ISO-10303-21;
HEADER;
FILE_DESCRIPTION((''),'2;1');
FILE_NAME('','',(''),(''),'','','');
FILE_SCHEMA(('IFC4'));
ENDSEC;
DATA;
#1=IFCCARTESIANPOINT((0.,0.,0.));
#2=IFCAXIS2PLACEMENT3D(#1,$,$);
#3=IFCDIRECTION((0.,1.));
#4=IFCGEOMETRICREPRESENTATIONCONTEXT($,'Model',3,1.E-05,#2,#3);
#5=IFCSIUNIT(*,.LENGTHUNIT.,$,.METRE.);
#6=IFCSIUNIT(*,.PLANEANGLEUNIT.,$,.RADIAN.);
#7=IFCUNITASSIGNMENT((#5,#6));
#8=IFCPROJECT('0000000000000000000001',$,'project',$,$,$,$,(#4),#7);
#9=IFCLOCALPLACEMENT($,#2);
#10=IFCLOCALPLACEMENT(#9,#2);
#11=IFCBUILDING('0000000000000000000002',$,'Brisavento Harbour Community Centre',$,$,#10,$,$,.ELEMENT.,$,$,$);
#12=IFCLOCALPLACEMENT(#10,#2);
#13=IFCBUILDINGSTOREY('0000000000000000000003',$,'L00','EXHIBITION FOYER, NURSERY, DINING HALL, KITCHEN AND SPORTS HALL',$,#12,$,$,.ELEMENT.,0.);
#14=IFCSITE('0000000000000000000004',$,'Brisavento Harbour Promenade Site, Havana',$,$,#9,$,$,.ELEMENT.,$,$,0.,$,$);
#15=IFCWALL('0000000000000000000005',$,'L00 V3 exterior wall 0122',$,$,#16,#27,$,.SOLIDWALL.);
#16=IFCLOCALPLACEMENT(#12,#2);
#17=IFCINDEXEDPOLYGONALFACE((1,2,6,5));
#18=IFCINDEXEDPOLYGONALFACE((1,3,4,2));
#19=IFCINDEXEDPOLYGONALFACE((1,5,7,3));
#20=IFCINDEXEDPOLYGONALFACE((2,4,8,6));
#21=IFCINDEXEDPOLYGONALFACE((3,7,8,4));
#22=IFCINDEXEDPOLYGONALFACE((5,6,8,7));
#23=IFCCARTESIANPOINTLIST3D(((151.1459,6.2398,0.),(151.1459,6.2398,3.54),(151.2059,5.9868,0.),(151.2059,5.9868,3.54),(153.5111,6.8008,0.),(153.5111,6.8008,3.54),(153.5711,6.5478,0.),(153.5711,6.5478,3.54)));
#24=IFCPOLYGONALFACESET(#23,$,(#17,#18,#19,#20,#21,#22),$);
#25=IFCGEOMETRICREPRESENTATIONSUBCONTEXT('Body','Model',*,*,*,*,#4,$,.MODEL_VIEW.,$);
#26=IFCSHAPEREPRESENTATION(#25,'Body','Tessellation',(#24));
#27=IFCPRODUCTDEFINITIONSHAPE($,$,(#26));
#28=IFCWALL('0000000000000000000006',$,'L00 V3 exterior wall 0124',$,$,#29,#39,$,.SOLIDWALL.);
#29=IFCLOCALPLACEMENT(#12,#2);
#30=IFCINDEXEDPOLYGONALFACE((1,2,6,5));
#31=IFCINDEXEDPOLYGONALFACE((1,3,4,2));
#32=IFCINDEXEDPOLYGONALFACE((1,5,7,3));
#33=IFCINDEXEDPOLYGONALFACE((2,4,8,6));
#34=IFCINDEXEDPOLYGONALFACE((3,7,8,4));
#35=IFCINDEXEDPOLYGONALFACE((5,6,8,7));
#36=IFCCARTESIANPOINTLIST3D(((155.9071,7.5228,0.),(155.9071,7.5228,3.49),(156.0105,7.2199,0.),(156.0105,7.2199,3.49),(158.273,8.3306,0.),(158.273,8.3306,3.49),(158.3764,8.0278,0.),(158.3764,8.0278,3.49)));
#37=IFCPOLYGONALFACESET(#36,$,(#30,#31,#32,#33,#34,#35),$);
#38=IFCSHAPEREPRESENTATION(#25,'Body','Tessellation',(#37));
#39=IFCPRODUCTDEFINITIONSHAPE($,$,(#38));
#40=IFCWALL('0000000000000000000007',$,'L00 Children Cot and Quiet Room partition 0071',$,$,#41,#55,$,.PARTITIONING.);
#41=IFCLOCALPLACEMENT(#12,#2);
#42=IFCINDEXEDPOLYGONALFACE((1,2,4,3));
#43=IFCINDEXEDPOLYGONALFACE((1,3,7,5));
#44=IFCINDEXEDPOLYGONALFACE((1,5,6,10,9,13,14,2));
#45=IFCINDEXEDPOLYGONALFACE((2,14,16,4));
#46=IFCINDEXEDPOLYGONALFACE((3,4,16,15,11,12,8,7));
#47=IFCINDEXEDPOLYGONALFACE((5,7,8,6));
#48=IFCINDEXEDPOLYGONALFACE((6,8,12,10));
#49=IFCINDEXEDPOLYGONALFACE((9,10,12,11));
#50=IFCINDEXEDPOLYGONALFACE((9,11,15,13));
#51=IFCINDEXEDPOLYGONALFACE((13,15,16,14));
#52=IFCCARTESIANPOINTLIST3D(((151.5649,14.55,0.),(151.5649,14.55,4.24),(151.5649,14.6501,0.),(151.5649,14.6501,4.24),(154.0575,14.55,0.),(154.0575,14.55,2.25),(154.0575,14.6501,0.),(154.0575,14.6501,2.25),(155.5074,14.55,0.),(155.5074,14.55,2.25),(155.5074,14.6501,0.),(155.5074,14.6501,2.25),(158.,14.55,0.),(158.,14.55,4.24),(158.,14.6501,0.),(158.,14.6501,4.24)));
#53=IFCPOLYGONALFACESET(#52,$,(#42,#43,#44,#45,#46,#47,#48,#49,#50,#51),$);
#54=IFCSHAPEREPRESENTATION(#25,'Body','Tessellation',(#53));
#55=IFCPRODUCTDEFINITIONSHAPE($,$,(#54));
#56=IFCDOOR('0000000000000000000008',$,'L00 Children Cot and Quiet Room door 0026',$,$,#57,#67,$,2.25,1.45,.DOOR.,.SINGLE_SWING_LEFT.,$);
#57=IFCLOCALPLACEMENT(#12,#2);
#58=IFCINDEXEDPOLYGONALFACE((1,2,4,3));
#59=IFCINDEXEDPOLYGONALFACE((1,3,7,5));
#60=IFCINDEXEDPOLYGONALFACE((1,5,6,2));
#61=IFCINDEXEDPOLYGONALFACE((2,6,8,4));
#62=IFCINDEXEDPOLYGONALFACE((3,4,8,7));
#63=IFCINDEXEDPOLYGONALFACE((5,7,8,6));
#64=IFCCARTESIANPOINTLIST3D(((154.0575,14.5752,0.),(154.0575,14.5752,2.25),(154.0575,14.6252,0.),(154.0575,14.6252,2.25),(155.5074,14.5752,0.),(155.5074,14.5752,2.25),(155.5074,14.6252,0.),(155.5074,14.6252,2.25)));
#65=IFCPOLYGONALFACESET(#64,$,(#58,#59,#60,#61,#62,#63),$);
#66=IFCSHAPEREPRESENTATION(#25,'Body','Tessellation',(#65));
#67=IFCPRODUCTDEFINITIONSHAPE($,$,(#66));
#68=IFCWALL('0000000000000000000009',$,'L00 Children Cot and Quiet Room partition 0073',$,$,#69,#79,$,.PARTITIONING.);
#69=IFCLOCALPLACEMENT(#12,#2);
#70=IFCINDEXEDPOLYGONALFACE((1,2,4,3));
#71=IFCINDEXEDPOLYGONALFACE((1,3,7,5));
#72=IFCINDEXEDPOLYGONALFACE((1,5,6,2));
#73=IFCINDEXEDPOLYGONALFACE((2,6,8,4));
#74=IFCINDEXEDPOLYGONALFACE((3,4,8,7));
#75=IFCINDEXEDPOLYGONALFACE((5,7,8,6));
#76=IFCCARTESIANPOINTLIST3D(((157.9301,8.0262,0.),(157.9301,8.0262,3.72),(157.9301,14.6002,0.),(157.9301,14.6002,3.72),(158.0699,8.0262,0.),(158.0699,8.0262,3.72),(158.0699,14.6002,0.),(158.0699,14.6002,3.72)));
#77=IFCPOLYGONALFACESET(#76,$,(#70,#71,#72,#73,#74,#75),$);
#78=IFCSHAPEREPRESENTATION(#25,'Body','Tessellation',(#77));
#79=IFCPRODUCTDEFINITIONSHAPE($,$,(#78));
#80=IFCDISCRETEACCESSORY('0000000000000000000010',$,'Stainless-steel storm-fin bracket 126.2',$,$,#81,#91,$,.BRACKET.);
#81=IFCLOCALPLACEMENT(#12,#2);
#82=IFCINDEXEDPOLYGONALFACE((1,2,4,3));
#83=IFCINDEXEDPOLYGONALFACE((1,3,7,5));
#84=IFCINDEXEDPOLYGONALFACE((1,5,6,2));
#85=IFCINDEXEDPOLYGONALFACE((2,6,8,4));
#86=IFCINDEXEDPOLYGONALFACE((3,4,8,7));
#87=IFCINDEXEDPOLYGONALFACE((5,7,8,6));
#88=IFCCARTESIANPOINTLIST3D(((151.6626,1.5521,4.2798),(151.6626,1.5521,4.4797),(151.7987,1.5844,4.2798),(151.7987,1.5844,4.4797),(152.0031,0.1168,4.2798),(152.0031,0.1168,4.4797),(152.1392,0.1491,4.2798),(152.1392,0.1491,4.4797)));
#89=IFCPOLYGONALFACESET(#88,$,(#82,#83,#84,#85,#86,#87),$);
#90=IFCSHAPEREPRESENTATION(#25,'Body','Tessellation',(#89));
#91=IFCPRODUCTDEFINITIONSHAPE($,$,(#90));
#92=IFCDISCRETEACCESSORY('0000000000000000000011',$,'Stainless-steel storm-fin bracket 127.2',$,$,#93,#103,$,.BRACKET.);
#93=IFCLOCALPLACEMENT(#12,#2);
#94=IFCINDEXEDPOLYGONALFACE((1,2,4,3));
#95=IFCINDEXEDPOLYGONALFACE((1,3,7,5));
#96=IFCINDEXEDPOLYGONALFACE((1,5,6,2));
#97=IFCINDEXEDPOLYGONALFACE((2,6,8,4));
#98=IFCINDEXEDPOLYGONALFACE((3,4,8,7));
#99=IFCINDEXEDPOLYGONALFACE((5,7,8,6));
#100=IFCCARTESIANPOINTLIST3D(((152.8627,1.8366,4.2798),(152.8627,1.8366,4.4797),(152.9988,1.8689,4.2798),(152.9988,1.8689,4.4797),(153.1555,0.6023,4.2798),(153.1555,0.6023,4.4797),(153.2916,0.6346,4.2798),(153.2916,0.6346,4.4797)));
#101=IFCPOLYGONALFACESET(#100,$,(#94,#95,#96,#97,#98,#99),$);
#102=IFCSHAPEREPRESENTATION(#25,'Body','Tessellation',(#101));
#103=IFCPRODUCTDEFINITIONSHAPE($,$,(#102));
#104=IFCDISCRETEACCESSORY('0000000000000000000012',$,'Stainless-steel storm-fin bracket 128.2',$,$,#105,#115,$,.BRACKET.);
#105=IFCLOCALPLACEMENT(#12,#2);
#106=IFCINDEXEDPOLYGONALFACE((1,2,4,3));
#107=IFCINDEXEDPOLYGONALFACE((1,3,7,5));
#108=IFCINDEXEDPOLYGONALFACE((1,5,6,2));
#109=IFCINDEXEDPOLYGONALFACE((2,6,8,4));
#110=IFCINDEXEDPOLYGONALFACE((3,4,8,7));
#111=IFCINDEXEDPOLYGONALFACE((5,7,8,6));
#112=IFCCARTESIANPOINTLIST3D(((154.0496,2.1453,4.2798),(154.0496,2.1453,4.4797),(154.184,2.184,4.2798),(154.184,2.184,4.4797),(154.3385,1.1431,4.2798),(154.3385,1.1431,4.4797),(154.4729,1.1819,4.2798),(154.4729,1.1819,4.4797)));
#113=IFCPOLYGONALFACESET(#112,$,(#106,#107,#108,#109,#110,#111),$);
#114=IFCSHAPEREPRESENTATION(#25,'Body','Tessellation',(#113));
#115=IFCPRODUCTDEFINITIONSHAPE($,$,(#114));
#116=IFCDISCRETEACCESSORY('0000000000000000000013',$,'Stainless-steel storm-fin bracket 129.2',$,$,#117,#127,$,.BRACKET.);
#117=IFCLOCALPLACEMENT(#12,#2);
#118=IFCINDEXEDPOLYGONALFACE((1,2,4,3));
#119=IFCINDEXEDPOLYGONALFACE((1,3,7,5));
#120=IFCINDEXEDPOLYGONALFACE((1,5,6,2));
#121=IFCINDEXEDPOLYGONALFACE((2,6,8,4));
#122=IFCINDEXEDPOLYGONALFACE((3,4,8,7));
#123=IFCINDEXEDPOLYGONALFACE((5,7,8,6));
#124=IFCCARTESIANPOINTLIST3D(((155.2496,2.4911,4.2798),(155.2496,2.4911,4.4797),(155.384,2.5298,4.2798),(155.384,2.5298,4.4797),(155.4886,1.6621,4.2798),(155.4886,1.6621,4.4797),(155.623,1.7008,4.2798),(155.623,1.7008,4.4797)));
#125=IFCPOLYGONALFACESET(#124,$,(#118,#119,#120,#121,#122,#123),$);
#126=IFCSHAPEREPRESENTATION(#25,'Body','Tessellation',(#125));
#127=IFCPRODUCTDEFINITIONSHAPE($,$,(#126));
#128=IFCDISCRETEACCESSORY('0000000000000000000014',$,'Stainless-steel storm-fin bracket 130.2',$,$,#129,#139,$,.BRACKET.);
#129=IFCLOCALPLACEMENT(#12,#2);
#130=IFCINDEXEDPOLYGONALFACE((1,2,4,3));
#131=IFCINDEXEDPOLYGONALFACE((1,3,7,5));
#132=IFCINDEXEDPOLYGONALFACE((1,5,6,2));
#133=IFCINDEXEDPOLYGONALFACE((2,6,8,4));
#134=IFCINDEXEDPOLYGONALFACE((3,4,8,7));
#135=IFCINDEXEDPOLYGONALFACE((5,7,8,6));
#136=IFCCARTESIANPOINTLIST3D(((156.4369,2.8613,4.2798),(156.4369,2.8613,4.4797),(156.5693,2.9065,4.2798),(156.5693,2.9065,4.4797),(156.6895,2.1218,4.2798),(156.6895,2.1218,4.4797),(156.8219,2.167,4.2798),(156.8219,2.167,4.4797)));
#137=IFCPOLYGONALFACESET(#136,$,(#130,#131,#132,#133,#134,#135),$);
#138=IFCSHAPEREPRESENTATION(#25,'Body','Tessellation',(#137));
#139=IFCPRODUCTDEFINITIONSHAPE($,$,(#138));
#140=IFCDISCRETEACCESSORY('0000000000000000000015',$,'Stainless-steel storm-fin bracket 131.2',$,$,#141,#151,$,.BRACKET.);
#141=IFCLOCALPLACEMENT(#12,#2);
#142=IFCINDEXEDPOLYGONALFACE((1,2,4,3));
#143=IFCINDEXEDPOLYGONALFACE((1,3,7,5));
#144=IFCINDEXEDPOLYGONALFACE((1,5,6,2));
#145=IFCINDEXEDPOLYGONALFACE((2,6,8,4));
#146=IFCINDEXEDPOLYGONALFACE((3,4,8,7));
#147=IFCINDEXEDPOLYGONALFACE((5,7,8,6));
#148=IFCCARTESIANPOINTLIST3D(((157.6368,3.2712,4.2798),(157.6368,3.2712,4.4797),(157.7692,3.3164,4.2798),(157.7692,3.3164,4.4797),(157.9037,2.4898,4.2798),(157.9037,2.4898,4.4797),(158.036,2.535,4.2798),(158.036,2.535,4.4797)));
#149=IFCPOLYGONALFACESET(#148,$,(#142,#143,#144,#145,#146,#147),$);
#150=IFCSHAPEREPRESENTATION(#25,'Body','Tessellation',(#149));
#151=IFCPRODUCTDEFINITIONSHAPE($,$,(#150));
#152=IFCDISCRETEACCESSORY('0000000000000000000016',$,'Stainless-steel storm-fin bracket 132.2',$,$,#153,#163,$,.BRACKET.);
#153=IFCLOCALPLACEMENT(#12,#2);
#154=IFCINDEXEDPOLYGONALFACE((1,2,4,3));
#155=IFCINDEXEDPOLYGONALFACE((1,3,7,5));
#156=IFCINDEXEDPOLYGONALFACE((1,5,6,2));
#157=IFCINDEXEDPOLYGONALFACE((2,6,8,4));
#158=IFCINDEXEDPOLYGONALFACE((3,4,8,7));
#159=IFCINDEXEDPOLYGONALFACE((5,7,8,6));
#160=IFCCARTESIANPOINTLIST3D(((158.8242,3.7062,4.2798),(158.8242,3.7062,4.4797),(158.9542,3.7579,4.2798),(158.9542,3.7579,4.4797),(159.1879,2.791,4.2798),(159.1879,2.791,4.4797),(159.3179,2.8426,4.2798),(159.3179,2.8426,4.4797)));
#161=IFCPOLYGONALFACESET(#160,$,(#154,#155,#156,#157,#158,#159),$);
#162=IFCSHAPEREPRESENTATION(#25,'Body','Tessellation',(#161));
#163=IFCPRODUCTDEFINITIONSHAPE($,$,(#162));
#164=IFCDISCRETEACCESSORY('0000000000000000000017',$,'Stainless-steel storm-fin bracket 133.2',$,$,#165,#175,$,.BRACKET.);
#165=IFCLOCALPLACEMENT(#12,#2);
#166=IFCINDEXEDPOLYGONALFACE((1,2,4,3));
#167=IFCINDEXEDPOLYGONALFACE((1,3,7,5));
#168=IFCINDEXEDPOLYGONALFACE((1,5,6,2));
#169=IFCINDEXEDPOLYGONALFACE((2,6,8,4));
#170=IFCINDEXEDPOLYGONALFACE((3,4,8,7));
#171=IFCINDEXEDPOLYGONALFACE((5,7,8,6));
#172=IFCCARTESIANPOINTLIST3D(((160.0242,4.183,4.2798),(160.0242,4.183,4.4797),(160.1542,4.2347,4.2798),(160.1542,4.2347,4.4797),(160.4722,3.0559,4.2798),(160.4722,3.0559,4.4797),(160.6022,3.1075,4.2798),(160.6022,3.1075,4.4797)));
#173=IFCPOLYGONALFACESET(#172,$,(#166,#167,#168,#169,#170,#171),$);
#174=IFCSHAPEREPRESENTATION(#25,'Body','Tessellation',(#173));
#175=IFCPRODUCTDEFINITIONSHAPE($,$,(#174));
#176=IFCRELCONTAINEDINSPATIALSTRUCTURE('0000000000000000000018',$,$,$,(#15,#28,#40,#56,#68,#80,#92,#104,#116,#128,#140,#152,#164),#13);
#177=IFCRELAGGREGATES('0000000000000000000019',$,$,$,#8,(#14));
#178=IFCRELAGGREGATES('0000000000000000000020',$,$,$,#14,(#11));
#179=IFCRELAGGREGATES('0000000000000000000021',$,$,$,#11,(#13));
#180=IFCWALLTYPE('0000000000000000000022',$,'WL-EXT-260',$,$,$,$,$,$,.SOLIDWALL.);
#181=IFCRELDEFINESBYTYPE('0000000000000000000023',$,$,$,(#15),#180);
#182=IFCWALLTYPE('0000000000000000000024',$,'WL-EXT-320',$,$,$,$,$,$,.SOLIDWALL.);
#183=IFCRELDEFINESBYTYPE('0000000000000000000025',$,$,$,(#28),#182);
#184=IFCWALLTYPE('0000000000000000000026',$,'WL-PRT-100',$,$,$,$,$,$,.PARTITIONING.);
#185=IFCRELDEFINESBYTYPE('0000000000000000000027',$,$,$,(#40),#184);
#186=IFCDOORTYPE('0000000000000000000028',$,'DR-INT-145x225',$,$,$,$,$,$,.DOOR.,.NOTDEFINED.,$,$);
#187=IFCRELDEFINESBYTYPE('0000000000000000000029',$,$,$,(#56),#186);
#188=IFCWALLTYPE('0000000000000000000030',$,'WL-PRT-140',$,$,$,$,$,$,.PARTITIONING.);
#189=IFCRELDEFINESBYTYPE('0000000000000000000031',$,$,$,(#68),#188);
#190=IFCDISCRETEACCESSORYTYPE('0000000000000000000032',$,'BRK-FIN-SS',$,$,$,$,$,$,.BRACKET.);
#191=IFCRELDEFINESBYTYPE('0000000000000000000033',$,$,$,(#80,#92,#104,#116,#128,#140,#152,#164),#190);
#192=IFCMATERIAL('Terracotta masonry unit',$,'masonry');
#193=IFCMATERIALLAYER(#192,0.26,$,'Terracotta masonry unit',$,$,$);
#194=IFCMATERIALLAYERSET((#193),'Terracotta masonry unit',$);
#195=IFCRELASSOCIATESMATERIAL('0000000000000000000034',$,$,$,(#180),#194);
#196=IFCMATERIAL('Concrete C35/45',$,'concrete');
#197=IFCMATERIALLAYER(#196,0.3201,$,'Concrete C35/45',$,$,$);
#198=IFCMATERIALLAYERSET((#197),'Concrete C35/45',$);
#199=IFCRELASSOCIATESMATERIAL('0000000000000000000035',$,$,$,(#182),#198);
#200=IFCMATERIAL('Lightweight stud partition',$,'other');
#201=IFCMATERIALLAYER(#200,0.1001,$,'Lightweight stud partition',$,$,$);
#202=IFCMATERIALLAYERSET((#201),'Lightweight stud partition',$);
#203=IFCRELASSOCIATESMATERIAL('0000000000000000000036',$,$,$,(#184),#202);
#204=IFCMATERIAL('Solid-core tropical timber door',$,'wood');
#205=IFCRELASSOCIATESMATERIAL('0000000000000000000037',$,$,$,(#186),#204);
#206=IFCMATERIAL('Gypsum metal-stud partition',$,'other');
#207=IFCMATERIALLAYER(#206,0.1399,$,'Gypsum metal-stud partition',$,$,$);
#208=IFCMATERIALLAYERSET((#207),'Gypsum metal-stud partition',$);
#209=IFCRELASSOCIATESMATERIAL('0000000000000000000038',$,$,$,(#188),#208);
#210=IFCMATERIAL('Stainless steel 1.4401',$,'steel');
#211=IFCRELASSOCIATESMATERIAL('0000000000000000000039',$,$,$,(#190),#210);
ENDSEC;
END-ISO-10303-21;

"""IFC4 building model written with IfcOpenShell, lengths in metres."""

from ifc_helpers import new_model, si_unit, direction, frame, frame_2d, origin, origin_2d, place, context, subcontext, project, spatial, rectangle, extrude, material, layer, layer_set, type_object, element, fill, save


model = new_model("IFC4")

# Units and contexts
model_context = context("Model", 3, precision=1e-05, world=origin(), true_north=direction((0.0, 1.0)))
body_context = subcontext(model_context, "Body", "Model", "MODEL_VIEW")
ifc_project = project(units=[si_unit("LENGTHUNIT", "METRE"), si_unit("PLANEANGLEUNIT", "RADIAN")], contexts=[model_context])

# Site, building, storey
site_placement = place(None, origin())
site = spatial("IfcSite", under=ifc_project, at=site_placement, Name="Brisavento Harbour Promenade Site, Havana", CompositionType="ELEMENT", RefElevation=0.0)
building_placement = place(site_placement, origin())
building = spatial("IfcBuilding", under=site, at=building_placement, Name="Brisavento Harbour Community Centre", CompositionType="ELEMENT")
storey_placement = place(building_placement, origin())
storey = spatial("IfcBuildingStorey", under=building, at=storey_placement, Name="L00", Description="EXHIBITION FOYER, NURSERY, DINING HALL, KITCHEN AND SPORTS HALL", CompositionType="ELEMENT", Elevation=0.0)

# Shared definitions
ifc_material_1 = material(Name="Concrete C35/45", Category="concrete")

# Walls
ifc_material_2 = material(Name="Terracotta masonry unit", Category="masonry")
ifc_layer_1 = layer(ifc_material_2, 0.26, Name="Terracotta masonry unit")
ifc_layer_set_1 = layer_set([ifc_layer_1], Name="Terracotta masonry unit")
wall_type_1 = type_object("IfcWallType", Name="WL-EXT-260", PredefinedType="SOLIDWALL", material=ifc_layer_set_1)
wall_1_placement = place(storey_placement, frame((153.541, 6.6743, 0.0), z_axis=(0.0, 0.0, 1.0), x_axis=(-0.973002, -0.230797, 0.0)))
element("IfcWall", 1, at=wall_1_placement, inside=storey, type_object=wall_type_1, Name="L00 V3 exterior wall 0122", PredefinedType="SOLIDWALL", context=body_context, shape_type="SweptSolid", body=[
    extrude(rectangle(XDim=2.4309, YDim=0.26, at=frame_2d((1.2153, 0.0))), origin(), (0.0, 0.0, 1.0), 3.54),
])
ifc_layer_2 = layer(ifc_material_1, 0.3201, Name="Concrete C35/45")
ifc_layer_set_2 = layer_set([ifc_layer_2], Name="Concrete C35/45")
wall_type_2 = type_object("IfcWallType", Name="WL-EXT-320", PredefinedType="SOLIDWALL", material=ifc_layer_set_2)
wall_2_placement = place(storey_placement, frame((158.3247, 8.1792, 0.0), z_axis=(0.0, 0.0, 1.0), x_axis=(-0.946353, -0.323133, 0.0)))
element("IfcWall", 2, at=wall_2_placement, inside=storey, type_object=wall_type_2, Name="L00 V3 exterior wall 0124", PredefinedType="SOLIDWALL", context=body_context, shape_type="SweptSolid", body=[
    extrude(rectangle(XDim=2.5, YDim=0.3201, at=frame_2d((1.25, 0.0))), origin(), (0.0, 0.0, 1.0), 3.49),
])

# Wall, opening, door
ifc_material_3 = material(Name="Lightweight stud partition", Category="other")
ifc_layer_3 = layer(ifc_material_3, 0.1001, Name="Lightweight stud partition")
ifc_layer_set_3 = layer_set([ifc_layer_3], Name="Lightweight stud partition")
wall_type_3 = type_object("IfcWallType", Name="WL-PRT-100", PredefinedType="PARTITIONING", material=ifc_layer_set_3)
wall_3_placement = place(storey_placement, frame((158.0, 14.6001, 0.0), z_axis=(0.0, 0.0, 1.0), x_axis=(-1.0, 0.0, 0.0)))
wall_3 = element("IfcWall", 3, at=wall_3_placement, inside=storey, type_object=wall_type_3, Name="L00 Children Cot and Quiet Room partition 0071", PredefinedType="PARTITIONING", context=body_context, shape_type="SweptSolid", body=[
    extrude(rectangle(XDim=6.4351, YDim=0.1001, at=frame_2d((3.2175, 0.0))), origin(), (0.0, 0.0, 1.0), 4.24),
])
opening_placement = place(wall_3_placement, frame((2.4924, 0.0, 0.0)))
opening = element("IfcOpeningElement", 4, at=opening_placement, cuts=wall_3, PredefinedType="OPENING", context=body_context, shape_type="SweptSolid", body=[
    extrude(rectangle(XDim=1.45, YDim=2.25, at=frame_2d((0.7251, 1.125))), frame((0.0, 0.0601, 0.0), z_axis=(0.0, -1.0, 0.0), x_axis=(1.0, 0.0, 0.0)), (0.0, 0.0, 1.0), 0.1201),
])
ifc_material_4 = material(Name="Solid-core tropical timber door", Category="wood")
door_type = type_object("IfcDoorType", Name="DR-INT-145x225", OperationType="NOTDEFINED", PredefinedType="DOOR", material=ifc_material_4)
door_placement = place(opening_placement, origin())
door = element("IfcDoor", 5, at=door_placement, inside=storey, type_object=door_type, Name="L00 Children Cot and Quiet Room door 0026", OperationType="SINGLE_SWING_LEFT", OverallHeight=2.25, OverallWidth=1.45, PredefinedType="DOOR", context=body_context, shape_type="SweptSolid", body=[
    extrude(rectangle(XDim=1.45, YDim=2.25, at=frame_2d((0.7251, 1.125))), frame((0.0, 0.0249, 0.0), z_axis=(0.0, -1.0, 0.0), x_axis=(1.0, 0.0, 0.0)), (0.0, 0.0, 1.0), 0.05),
])
fill(opening, door)

# Wall
ifc_material_5 = material(Name="Gypsum metal-stud partition", Category="other")
ifc_layer_4 = layer(ifc_material_5, 0.1399, Name="Gypsum metal-stud partition")
ifc_layer_set_4 = layer_set([ifc_layer_4], Name="Gypsum metal-stud partition")
wall_type_4 = type_object("IfcWallType", Name="WL-PRT-140", PredefinedType="PARTITIONING", material=ifc_layer_set_4)
wall_4_placement = place(storey_placement, frame((158.0, 8.0261, 0.0), z_axis=(0.0, 0.0, 1.0), x_axis=(0.0, 1.0, 0.0)))
element("IfcWall", 6, at=wall_4_placement, inside=storey, type_object=wall_type_4, Name="L00 Children Cot and Quiet Room partition 0073", PredefinedType="PARTITIONING", context=body_context, shape_type="SweptSolid", body=[
    extrude(rectangle(XDim=6.574, YDim=0.1399, at=frame_2d((3.2871, 0.0))), origin(), (0.0, 0.0, 1.0), 3.72),
])

# Discrete accessories
ifc_material_6 = material(Name="Stainless steel 1.4401", Category="steel")
discrete_accessory_type = type_object("IfcDiscreteAccessoryType", Name="BRK-FIN-SS", PredefinedType="BRACKET", material=ifc_material_6)
discrete_accessory_1_placement = place(storey_placement, frame((151.9009, 0.8506, 4.2798), z_axis=(0.0, 0.0, 1.0), x_axis=(0.230831, -0.972994, 0.0)))
element("IfcDiscreteAccessory", 7, at=discrete_accessory_1_placement, inside=storey, type_object=discrete_accessory_type, Name="Stainless-steel storm-fin bracket 126.2", PredefinedType="BRACKET", context=body_context, shape_type="SweptSolid", body=[
    extrude(rectangle(XDim=1.4751, YDim=0.1399, at=origin_2d()), origin(), (0.0, 0.0, 1.0), 0.2),
])
discrete_accessory_2_placement = place(storey_placement, frame((153.0771, 1.2356, 4.2798), z_axis=(0.0, 0.0, 1.0), x_axis=(0.230831, -0.972994, 0.0)))
element("IfcDiscreteAccessory", 8, at=discrete_accessory_2_placement, inside=storey, type_object=discrete_accessory_type, Name="Stainless-steel storm-fin bracket 127.2", PredefinedType="BRACKET", context=body_context, shape_type="SweptSolid", body=[
    extrude(rectangle(XDim=1.2686, YDim=0.1399, at=origin_2d()), origin(), (0.0, 0.0, 1.0), 0.2),
])
discrete_accessory_3_placement = place(storey_placement, frame((154.2612, 1.6636, 4.2798), z_axis=(0.0, 0.0, 1.0), x_axis=(0.276996, -0.960871, 0.0)))
element("IfcDiscreteAccessory", 9, at=discrete_accessory_3_placement, inside=storey, type_object=discrete_accessory_type, Name="Stainless-steel storm-fin bracket 128.2", PredefinedType="BRACKET", context=body_context, shape_type="SweptSolid", body=[
    extrude(rectangle(XDim=1.043, YDim=0.1399, at=origin_2d()), origin(), (0.0, 0.0, 1.0), 0.2),
])
discrete_accessory_4_placement = place(storey_placement, frame((155.4363, 2.0959, 4.2798), z_axis=(0.0, 0.0, 1.0), x_axis=(0.276996, -0.960871, 0.0)))
element("IfcDiscreteAccessory", 10, at=discrete_accessory_4_placement, inside=storey, type_object=discrete_accessory_type, Name="Stainless-steel storm-fin bracket 129.2", PredefinedType="BRACKET", context=body_context, shape_type="SweptSolid", body=[
    extrude(rectangle(XDim=0.8628, YDim=0.1399, at=origin_2d()), origin(), (0.0, 0.0, 1.0), 0.2),
])
discrete_accessory_5_placement = place(storey_placement, frame((156.6294, 2.5142, 4.2798), z_axis=(0.0, 0.0, 1.0), x_axis=(0.323174, -0.946339, 0.0)))
element("IfcDiscreteAccessory", 11, at=discrete_accessory_5_placement, inside=storey, type_object=discrete_accessory_type, Name="Stainless-steel storm-fin bracket 130.2", PredefinedType="BRACKET", context=body_context, shape_type="SweptSolid", body=[
    extrude(rectangle(XDim=0.7815, YDim=0.1399, at=origin_2d()), origin(), (0.0, 0.0, 1.0), 0.2),
])
discrete_accessory_6_placement = place(storey_placement, frame((157.8364, 2.9031, 4.2798), z_axis=(0.0, 0.0, 1.0), x_axis=(0.323174, -0.946339, 0.0)))
element("IfcDiscreteAccessory", 12, at=discrete_accessory_6_placement, inside=storey, type_object=discrete_accessory_type, Name="Stainless-steel storm-fin bracket 131.2", PredefinedType="BRACKET", context=body_context, shape_type="SweptSolid", body=[
    extrude(rectangle(XDim=0.8257, YDim=0.1399, at=origin_2d()), origin(), (0.0, 0.0, 1.0), 0.2),
])
discrete_accessory_7_placement = place(storey_placement, frame((159.071, 3.2744, 4.2798), z_axis=(0.0, 0.0, 1.0), x_axis=(0.369341, -0.929294, 0.0)))
element("IfcDiscreteAccessory", 13, at=discrete_accessory_7_placement, inside=storey, type_object=discrete_accessory_type, Name="Stainless-steel storm-fin bracket 132.2", PredefinedType="BRACKET", context=body_context, shape_type="SweptSolid", body=[
    extrude(rectangle(XDim=0.9849, YDim=0.1399, at=origin_2d()), origin(), (0.0, 0.0, 1.0), 0.2),
])
discrete_accessory_8_placement = place(storey_placement, frame((160.3132, 3.6453, 4.2798), z_axis=(0.0, 0.0, 1.0), x_axis=(0.369341, -0.929294, 0.0)))
element("IfcDiscreteAccessory", 14, at=discrete_accessory_8_placement, inside=storey, type_object=discrete_accessory_type, Name="Stainless-steel storm-fin bracket 133.2", PredefinedType="BRACKET", context=body_context, shape_type="SweptSolid", body=[
    extrude(rectangle(XDim=1.2129, YDim=0.1399, at=origin_2d()), origin(), (0.0, 0.0, 1.0), 0.2),
])

save(model, "model.ifc")
